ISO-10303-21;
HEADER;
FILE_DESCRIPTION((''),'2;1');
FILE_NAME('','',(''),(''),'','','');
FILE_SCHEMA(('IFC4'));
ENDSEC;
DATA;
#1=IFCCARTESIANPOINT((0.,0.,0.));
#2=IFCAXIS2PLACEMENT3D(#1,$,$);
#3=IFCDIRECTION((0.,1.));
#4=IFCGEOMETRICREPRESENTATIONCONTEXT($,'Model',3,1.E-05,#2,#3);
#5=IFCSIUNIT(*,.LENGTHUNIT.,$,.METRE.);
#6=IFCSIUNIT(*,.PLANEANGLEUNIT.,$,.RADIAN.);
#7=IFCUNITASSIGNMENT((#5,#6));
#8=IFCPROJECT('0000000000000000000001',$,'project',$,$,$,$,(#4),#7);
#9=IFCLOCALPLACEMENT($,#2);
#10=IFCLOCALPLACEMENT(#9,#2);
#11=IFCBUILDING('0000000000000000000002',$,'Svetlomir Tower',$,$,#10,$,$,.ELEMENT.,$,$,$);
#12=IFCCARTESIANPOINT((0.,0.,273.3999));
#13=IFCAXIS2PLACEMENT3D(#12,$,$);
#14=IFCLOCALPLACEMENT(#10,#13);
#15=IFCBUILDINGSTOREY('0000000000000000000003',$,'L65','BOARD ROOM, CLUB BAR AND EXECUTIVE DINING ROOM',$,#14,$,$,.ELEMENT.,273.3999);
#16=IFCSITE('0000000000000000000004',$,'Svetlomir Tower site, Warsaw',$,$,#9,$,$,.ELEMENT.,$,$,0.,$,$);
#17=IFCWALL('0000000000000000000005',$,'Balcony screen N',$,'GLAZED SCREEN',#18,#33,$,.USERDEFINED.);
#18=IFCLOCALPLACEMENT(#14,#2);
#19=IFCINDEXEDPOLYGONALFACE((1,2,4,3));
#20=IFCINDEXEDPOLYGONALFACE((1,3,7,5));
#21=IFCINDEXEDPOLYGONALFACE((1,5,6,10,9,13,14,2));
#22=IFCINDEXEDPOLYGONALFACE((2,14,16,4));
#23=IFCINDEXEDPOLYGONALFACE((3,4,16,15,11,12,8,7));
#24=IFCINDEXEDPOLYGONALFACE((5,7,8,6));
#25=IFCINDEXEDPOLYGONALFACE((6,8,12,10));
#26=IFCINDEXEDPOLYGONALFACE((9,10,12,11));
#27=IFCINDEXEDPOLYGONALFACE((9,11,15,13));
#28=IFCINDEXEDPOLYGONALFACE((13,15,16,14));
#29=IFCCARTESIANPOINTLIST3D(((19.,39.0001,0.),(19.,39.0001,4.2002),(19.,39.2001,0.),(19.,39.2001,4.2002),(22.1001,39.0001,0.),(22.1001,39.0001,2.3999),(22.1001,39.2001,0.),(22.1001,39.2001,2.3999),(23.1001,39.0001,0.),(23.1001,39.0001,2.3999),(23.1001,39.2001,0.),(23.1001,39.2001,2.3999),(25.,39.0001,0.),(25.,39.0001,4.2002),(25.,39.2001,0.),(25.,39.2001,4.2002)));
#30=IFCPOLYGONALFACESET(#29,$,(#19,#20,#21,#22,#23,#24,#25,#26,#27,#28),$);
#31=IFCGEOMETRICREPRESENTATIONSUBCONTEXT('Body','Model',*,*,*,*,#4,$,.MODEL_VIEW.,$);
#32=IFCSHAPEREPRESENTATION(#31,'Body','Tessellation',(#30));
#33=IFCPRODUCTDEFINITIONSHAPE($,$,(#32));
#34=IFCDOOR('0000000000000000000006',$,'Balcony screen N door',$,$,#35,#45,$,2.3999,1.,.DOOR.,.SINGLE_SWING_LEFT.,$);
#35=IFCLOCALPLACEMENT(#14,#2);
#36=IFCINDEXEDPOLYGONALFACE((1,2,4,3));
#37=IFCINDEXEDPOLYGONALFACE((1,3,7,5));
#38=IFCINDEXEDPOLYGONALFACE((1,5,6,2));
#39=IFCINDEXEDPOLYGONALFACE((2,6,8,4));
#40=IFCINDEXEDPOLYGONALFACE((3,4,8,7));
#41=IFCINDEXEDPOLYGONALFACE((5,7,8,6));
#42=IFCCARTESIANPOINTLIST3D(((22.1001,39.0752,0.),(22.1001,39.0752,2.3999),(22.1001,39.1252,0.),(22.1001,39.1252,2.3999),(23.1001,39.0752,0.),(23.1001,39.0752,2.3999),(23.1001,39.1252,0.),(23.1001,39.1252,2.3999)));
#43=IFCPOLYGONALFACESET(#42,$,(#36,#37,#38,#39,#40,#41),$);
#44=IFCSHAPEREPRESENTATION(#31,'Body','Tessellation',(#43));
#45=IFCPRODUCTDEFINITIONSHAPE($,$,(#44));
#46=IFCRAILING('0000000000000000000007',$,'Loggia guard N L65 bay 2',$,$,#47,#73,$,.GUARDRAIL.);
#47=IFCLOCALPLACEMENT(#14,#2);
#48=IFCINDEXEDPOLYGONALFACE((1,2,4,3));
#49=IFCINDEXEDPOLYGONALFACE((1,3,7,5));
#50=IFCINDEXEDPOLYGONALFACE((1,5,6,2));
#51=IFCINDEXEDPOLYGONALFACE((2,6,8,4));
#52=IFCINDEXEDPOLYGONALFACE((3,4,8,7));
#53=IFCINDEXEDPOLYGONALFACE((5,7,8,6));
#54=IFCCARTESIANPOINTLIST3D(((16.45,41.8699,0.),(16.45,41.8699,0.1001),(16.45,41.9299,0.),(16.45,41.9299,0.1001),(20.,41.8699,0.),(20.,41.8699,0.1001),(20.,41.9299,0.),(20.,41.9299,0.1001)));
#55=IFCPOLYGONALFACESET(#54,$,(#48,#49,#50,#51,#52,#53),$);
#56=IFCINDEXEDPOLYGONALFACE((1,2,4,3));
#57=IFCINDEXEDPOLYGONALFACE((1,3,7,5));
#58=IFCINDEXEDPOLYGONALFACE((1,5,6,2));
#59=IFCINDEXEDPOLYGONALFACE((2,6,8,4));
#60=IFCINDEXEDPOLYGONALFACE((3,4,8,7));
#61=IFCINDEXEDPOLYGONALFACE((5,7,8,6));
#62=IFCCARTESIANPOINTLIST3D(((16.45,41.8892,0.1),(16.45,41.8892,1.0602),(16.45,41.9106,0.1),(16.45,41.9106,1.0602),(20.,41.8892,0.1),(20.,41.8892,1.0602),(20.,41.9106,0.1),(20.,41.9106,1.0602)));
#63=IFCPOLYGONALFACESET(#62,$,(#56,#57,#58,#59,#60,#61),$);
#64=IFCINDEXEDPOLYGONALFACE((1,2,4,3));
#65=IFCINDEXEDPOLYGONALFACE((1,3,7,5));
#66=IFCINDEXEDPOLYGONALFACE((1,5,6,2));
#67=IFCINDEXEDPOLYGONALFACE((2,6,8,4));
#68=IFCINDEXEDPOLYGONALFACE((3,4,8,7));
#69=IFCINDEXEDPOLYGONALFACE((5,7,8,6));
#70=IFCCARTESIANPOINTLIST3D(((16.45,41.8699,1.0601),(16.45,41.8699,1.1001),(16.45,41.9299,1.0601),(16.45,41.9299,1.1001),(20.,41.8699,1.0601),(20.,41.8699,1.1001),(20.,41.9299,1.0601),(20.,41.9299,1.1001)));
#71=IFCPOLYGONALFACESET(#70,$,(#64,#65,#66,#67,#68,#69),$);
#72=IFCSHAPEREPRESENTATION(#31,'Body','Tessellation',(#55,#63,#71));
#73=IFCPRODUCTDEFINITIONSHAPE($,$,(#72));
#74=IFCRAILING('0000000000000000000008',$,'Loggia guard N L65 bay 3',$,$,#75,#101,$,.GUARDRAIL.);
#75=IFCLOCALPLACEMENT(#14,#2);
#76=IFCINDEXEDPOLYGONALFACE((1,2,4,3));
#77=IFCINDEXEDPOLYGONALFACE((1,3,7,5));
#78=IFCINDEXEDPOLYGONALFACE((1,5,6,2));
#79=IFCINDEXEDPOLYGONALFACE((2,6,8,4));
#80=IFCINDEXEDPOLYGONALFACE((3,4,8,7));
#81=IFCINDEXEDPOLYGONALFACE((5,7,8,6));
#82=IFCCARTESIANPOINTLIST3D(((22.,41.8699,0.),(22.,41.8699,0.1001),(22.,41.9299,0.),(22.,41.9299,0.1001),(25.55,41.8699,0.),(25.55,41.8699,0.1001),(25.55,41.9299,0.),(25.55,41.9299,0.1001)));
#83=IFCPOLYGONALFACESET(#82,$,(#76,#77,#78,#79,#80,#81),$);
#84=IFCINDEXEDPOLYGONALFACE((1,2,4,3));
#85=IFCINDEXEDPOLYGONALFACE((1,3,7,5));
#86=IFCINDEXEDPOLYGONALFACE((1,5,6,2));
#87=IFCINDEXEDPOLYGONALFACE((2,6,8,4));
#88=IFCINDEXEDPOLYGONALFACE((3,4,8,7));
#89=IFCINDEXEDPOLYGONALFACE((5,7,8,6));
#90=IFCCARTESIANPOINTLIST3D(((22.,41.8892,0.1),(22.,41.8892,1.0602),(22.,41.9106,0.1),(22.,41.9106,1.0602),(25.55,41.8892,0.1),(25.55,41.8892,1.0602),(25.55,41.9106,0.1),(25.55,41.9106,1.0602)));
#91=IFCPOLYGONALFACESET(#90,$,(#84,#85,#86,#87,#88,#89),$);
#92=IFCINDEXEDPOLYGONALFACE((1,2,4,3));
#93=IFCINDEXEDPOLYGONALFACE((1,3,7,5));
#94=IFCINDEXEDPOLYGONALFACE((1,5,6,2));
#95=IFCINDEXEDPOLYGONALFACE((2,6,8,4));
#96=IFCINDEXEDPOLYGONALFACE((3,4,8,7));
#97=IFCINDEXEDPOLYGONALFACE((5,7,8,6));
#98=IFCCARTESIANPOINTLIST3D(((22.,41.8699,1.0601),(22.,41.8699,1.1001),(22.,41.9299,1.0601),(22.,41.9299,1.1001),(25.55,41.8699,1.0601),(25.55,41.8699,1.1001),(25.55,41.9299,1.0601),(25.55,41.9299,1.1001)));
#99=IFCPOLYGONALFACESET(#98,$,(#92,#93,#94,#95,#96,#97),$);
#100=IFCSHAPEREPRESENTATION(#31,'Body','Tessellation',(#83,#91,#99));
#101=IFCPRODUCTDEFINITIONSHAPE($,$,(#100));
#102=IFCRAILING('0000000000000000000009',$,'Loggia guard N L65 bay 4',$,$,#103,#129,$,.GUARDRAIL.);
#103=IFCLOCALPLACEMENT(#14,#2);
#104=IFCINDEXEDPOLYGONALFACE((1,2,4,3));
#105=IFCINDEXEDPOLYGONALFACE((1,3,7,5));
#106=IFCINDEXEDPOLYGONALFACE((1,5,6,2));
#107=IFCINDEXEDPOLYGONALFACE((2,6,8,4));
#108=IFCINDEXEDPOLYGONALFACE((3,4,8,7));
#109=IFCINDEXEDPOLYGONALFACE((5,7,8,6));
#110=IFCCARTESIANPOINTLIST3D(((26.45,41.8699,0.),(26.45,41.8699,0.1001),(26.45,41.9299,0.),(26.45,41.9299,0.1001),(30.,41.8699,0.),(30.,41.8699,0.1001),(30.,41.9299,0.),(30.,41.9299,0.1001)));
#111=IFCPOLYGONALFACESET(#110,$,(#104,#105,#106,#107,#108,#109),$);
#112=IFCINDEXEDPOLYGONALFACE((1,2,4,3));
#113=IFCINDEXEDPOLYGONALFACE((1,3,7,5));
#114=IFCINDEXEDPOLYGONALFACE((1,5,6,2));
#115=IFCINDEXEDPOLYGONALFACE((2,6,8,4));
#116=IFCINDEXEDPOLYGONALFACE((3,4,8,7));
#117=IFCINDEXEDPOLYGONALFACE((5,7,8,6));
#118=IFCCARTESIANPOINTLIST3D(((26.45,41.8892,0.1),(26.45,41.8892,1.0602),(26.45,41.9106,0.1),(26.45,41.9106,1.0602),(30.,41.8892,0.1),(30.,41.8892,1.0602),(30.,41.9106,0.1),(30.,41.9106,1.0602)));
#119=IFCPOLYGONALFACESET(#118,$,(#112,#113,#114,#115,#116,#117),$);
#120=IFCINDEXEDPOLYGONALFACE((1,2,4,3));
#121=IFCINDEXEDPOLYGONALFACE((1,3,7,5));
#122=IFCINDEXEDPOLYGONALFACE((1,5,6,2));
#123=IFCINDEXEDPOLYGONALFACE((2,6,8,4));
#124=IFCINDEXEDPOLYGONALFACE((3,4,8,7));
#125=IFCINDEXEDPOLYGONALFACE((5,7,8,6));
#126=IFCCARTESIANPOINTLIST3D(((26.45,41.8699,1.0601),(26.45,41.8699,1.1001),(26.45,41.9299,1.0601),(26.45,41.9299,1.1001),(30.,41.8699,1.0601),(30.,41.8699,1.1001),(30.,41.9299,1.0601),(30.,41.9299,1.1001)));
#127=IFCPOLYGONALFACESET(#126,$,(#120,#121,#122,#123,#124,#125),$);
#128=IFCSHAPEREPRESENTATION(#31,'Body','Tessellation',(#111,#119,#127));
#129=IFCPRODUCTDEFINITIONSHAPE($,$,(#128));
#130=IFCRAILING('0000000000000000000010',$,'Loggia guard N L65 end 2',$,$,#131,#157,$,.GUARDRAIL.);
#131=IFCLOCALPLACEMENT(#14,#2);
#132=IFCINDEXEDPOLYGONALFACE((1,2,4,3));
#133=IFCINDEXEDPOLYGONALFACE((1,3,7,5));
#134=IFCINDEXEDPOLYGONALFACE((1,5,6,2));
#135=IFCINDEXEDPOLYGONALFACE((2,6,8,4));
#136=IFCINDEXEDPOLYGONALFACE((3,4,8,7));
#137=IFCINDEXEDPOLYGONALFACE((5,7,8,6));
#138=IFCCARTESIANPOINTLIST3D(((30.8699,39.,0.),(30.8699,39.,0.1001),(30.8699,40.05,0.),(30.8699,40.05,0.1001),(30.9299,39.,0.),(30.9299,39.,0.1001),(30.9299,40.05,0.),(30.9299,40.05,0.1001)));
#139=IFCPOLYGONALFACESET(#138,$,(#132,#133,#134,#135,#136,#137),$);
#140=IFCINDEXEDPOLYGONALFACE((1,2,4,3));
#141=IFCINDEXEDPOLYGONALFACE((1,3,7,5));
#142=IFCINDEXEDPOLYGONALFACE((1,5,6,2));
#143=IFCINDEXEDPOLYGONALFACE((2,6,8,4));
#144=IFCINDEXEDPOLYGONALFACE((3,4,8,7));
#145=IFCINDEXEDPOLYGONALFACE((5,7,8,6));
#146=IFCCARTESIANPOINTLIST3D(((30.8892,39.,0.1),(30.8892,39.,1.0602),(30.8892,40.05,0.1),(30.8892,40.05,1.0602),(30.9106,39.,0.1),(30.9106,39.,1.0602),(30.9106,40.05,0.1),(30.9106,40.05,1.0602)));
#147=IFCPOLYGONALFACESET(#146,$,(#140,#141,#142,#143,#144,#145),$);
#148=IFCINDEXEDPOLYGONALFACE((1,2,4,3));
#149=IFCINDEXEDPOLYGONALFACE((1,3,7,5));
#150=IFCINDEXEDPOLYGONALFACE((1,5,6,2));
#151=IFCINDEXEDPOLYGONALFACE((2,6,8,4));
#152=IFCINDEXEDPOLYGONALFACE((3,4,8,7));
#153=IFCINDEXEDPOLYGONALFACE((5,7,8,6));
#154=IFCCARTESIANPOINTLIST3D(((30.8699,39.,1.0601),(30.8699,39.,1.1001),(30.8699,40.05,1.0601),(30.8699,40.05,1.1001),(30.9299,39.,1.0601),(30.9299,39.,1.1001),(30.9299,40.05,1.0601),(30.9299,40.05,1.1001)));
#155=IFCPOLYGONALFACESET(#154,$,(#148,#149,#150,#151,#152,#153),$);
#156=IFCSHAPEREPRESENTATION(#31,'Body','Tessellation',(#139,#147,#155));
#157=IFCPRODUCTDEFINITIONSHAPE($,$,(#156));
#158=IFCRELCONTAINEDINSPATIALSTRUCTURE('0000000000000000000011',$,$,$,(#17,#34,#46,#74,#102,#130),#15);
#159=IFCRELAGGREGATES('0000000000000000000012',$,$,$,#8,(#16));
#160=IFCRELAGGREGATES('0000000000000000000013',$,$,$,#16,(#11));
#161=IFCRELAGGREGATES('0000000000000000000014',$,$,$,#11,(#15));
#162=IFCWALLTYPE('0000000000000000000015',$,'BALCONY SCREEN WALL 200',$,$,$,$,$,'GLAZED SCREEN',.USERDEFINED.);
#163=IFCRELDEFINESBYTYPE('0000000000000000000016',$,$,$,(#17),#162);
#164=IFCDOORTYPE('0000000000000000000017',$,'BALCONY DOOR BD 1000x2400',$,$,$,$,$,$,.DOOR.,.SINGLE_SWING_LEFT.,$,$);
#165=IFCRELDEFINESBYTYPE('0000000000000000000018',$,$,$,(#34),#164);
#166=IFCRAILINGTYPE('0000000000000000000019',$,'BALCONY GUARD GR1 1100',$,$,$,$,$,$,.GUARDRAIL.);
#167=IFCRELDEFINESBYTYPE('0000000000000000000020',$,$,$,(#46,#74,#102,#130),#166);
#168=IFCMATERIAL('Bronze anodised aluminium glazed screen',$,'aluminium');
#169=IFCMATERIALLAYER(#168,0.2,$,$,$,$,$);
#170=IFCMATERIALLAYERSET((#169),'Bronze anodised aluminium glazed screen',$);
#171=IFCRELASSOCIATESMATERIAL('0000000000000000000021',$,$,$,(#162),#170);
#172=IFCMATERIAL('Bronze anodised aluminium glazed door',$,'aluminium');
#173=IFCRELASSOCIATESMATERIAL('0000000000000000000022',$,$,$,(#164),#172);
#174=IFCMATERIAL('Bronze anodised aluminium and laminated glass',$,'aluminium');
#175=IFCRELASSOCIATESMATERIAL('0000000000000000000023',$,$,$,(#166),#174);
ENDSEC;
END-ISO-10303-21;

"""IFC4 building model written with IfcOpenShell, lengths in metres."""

from ifc_helpers import new_model, si_unit, direction, frame, frame_2d, origin, origin_2d, place, context, subcontext, project, spatial, rectangle, extrude, material, layer, layer_set, type_object, element, fill, save


model = new_model("IFC4")

# Units and contexts
model_context = context("Model", 3, precision=1e-05, world=origin(), true_north=direction((0.0, 1.0)))
body_context = subcontext(model_context, "Body", "Model", "MODEL_VIEW")
ifc_project = project(units=[si_unit("LENGTHUNIT", "METRE"), si_unit("PLANEANGLEUNIT", "RADIAN")], contexts=[model_context])

# Site, building, storey
site_placement = place(None, origin())
site = spatial("IfcSite", under=ifc_project, at=site_placement, Name="Svetlomir Tower site, Warsaw", CompositionType="ELEMENT", RefElevation=0.0)
building_placement = place(site_placement, origin())
building = spatial("IfcBuilding", under=site, at=building_placement, Name="Svetlomir Tower", CompositionType="ELEMENT")
storey_placement = place(building_placement, frame((0.0, 0.0, 273.3999)))
storey = spatial("IfcBuildingStorey", under=building, at=storey_placement, Name="L65", Description="BOARD ROOM, CLUB BAR AND EXECUTIVE DINING ROOM", CompositionType="ELEMENT", Elevation=273.3999)

# Wall, opening, door
ifc_material_1 = material(Name="Bronze anodised aluminium glazed screen", Category="aluminium")
ifc_layer_1 = layer(ifc_material_1, 0.2)
ifc_layer_set_1 = layer_set([ifc_layer_1], Name="Bronze anodised aluminium glazed screen")
wall_type = type_object("IfcWallType", Name="BALCONY SCREEN WALL 200", ElementType="GLAZED SCREEN", PredefinedType="USERDEFINED", material=ifc_layer_set_1)
wall_placement = place(storey_placement, frame((25.0, 39.1001, 0.0), z_axis=(0.0, 0.0, 1.0), x_axis=(-1.0, 0.0, 0.0)))
wall = element("IfcWall", 1, at=wall_placement, inside=storey, type_object=wall_type, Name="Balcony screen N", ObjectType="GLAZED SCREEN", PredefinedType="USERDEFINED", context=body_context, shape_type="SweptSolid", body=[
    extrude(rectangle(XDim=6.0, YDim=0.2, at=frame_2d((3.0, 0.0))), origin(), (0.0, 0.0, 1.0), 4.2002),
])
opening_placement = place(wall_placement, frame((1.8999, 0.0, 0.0)))
opening = element("IfcOpeningElement", 2, at=opening_placement, cuts=wall, PredefinedType="OPENING", context=body_context, shape_type="SweptSolid", body=[
    extrude(rectangle(XDim=1.0, YDim=2.3999, at=frame_2d((0.5, 1.2))), frame((0.0, 0.1099, 0.0), z_axis=(0.0, -1.0, 0.0), x_axis=(1.0, 0.0, 0.0)), (0.0, 0.0, 1.0), 0.22),
])
ifc_material_2 = material(Name="Bronze anodised aluminium glazed door", Category="aluminium")
door_type = type_object("IfcDoorType", Name="BALCONY DOOR BD 1000x2400", OperationType="SINGLE_SWING_LEFT", PredefinedType="DOOR", material=ifc_material_2)
door_placement = place(opening_placement, origin())
door = element("IfcDoor", 3, at=door_placement, inside=storey, type_object=door_type, Name="Balcony screen N door", OperationType="SINGLE_SWING_LEFT", OverallHeight=2.3999, OverallWidth=1.0, PredefinedType="DOOR", context=body_context, shape_type="SweptSolid", body=[
    extrude(rectangle(XDim=1.0, YDim=2.3999, at=frame_2d((0.5, 1.2))), frame((0.0, 0.0249, 0.0), z_axis=(0.0, -1.0, 0.0), x_axis=(1.0, 0.0, 0.0)), (0.0, 0.0, 1.0), 0.05),
])
fill(opening, door)

# Railings
ifc_material_3 = material(Name="Bronze anodised aluminium and laminated glass", Category="aluminium")
railing_type = type_object("IfcRailingType", Name="BALCONY GUARD GR1 1100", PredefinedType="GUARDRAIL", material=ifc_material_3)
for number, where, name in (
    (4, (16.45, 41.8999, 0.0), "Loggia guard N L65 bay 2"),
    (5, (22.0, 41.8999, 0.0), "Loggia guard N L65 bay 3"),
    (6, (26.45, 41.8999, 0.0), "Loggia guard N L65 bay 4"),
):
    element("IfcRailing", number, at=place(storey_placement, frame(where)), inside=storey, type_object=railing_type, Name=name, PredefinedType="GUARDRAIL", context=body_context, shape_type="SweptSolid", body=[
        extrude(rectangle(XDim=0.0601, YDim=0.1001, at=origin_2d()), frame((0.0, 0.0, 0.05), z_axis=(1.0, 0.0, 0.0), x_axis=(0.0, 1.0, 0.0)), (0.0, 0.0, 1.0), 3.55),
        extrude(rectangle(XDim=0.0215, YDim=0.9602, at=origin_2d()), frame((0.0, 0.0, 0.5801), z_axis=(1.0, 0.0, 0.0), x_axis=(0.0, 1.0, 0.0)), (0.0, 0.0, 1.0), 3.55),
        extrude(rectangle(XDim=0.0601, YDim=0.04, at=origin_2d()), frame((0.0, 0.0, 1.0801), z_axis=(1.0, 0.0, 0.0), x_axis=(0.0, 1.0, 0.0)), (0.0, 0.0, 1.0), 3.55),
    ])
railing_placement = place(storey_placement, frame((30.8999, 40.05, 0.0)))
element("IfcRailing", 7, at=railing_placement, inside=storey, type_object=railing_type, Name="Loggia guard N L65 end 2", PredefinedType="GUARDRAIL", context=body_context, shape_type="SweptSolid", body=[
    extrude(rectangle(XDim=0.0601, YDim=0.1001, at=origin_2d()), frame((0.0, 0.0, 0.05), z_axis=(0.0, -1.0, 0.0), x_axis=(1.0, 0.0, 0.0)), (0.0, 0.0, 1.0), 1.05),
    extrude(rectangle(XDim=0.0215, YDim=0.9602, at=origin_2d()), frame((0.0, 0.0, 0.5801), z_axis=(0.0, -1.0, 0.0), x_axis=(1.0, 0.0, 0.0)), (0.0, 0.0, 1.0), 1.05),
    extrude(rectangle(XDim=0.0601, YDim=0.04, at=origin_2d()), frame((0.0, 0.0, 1.0801), z_axis=(0.0, -1.0, 0.0), x_axis=(1.0, 0.0, 0.0)), (0.0, 0.0, 1.0), 1.05),
])

save(model, "model.ifc")
